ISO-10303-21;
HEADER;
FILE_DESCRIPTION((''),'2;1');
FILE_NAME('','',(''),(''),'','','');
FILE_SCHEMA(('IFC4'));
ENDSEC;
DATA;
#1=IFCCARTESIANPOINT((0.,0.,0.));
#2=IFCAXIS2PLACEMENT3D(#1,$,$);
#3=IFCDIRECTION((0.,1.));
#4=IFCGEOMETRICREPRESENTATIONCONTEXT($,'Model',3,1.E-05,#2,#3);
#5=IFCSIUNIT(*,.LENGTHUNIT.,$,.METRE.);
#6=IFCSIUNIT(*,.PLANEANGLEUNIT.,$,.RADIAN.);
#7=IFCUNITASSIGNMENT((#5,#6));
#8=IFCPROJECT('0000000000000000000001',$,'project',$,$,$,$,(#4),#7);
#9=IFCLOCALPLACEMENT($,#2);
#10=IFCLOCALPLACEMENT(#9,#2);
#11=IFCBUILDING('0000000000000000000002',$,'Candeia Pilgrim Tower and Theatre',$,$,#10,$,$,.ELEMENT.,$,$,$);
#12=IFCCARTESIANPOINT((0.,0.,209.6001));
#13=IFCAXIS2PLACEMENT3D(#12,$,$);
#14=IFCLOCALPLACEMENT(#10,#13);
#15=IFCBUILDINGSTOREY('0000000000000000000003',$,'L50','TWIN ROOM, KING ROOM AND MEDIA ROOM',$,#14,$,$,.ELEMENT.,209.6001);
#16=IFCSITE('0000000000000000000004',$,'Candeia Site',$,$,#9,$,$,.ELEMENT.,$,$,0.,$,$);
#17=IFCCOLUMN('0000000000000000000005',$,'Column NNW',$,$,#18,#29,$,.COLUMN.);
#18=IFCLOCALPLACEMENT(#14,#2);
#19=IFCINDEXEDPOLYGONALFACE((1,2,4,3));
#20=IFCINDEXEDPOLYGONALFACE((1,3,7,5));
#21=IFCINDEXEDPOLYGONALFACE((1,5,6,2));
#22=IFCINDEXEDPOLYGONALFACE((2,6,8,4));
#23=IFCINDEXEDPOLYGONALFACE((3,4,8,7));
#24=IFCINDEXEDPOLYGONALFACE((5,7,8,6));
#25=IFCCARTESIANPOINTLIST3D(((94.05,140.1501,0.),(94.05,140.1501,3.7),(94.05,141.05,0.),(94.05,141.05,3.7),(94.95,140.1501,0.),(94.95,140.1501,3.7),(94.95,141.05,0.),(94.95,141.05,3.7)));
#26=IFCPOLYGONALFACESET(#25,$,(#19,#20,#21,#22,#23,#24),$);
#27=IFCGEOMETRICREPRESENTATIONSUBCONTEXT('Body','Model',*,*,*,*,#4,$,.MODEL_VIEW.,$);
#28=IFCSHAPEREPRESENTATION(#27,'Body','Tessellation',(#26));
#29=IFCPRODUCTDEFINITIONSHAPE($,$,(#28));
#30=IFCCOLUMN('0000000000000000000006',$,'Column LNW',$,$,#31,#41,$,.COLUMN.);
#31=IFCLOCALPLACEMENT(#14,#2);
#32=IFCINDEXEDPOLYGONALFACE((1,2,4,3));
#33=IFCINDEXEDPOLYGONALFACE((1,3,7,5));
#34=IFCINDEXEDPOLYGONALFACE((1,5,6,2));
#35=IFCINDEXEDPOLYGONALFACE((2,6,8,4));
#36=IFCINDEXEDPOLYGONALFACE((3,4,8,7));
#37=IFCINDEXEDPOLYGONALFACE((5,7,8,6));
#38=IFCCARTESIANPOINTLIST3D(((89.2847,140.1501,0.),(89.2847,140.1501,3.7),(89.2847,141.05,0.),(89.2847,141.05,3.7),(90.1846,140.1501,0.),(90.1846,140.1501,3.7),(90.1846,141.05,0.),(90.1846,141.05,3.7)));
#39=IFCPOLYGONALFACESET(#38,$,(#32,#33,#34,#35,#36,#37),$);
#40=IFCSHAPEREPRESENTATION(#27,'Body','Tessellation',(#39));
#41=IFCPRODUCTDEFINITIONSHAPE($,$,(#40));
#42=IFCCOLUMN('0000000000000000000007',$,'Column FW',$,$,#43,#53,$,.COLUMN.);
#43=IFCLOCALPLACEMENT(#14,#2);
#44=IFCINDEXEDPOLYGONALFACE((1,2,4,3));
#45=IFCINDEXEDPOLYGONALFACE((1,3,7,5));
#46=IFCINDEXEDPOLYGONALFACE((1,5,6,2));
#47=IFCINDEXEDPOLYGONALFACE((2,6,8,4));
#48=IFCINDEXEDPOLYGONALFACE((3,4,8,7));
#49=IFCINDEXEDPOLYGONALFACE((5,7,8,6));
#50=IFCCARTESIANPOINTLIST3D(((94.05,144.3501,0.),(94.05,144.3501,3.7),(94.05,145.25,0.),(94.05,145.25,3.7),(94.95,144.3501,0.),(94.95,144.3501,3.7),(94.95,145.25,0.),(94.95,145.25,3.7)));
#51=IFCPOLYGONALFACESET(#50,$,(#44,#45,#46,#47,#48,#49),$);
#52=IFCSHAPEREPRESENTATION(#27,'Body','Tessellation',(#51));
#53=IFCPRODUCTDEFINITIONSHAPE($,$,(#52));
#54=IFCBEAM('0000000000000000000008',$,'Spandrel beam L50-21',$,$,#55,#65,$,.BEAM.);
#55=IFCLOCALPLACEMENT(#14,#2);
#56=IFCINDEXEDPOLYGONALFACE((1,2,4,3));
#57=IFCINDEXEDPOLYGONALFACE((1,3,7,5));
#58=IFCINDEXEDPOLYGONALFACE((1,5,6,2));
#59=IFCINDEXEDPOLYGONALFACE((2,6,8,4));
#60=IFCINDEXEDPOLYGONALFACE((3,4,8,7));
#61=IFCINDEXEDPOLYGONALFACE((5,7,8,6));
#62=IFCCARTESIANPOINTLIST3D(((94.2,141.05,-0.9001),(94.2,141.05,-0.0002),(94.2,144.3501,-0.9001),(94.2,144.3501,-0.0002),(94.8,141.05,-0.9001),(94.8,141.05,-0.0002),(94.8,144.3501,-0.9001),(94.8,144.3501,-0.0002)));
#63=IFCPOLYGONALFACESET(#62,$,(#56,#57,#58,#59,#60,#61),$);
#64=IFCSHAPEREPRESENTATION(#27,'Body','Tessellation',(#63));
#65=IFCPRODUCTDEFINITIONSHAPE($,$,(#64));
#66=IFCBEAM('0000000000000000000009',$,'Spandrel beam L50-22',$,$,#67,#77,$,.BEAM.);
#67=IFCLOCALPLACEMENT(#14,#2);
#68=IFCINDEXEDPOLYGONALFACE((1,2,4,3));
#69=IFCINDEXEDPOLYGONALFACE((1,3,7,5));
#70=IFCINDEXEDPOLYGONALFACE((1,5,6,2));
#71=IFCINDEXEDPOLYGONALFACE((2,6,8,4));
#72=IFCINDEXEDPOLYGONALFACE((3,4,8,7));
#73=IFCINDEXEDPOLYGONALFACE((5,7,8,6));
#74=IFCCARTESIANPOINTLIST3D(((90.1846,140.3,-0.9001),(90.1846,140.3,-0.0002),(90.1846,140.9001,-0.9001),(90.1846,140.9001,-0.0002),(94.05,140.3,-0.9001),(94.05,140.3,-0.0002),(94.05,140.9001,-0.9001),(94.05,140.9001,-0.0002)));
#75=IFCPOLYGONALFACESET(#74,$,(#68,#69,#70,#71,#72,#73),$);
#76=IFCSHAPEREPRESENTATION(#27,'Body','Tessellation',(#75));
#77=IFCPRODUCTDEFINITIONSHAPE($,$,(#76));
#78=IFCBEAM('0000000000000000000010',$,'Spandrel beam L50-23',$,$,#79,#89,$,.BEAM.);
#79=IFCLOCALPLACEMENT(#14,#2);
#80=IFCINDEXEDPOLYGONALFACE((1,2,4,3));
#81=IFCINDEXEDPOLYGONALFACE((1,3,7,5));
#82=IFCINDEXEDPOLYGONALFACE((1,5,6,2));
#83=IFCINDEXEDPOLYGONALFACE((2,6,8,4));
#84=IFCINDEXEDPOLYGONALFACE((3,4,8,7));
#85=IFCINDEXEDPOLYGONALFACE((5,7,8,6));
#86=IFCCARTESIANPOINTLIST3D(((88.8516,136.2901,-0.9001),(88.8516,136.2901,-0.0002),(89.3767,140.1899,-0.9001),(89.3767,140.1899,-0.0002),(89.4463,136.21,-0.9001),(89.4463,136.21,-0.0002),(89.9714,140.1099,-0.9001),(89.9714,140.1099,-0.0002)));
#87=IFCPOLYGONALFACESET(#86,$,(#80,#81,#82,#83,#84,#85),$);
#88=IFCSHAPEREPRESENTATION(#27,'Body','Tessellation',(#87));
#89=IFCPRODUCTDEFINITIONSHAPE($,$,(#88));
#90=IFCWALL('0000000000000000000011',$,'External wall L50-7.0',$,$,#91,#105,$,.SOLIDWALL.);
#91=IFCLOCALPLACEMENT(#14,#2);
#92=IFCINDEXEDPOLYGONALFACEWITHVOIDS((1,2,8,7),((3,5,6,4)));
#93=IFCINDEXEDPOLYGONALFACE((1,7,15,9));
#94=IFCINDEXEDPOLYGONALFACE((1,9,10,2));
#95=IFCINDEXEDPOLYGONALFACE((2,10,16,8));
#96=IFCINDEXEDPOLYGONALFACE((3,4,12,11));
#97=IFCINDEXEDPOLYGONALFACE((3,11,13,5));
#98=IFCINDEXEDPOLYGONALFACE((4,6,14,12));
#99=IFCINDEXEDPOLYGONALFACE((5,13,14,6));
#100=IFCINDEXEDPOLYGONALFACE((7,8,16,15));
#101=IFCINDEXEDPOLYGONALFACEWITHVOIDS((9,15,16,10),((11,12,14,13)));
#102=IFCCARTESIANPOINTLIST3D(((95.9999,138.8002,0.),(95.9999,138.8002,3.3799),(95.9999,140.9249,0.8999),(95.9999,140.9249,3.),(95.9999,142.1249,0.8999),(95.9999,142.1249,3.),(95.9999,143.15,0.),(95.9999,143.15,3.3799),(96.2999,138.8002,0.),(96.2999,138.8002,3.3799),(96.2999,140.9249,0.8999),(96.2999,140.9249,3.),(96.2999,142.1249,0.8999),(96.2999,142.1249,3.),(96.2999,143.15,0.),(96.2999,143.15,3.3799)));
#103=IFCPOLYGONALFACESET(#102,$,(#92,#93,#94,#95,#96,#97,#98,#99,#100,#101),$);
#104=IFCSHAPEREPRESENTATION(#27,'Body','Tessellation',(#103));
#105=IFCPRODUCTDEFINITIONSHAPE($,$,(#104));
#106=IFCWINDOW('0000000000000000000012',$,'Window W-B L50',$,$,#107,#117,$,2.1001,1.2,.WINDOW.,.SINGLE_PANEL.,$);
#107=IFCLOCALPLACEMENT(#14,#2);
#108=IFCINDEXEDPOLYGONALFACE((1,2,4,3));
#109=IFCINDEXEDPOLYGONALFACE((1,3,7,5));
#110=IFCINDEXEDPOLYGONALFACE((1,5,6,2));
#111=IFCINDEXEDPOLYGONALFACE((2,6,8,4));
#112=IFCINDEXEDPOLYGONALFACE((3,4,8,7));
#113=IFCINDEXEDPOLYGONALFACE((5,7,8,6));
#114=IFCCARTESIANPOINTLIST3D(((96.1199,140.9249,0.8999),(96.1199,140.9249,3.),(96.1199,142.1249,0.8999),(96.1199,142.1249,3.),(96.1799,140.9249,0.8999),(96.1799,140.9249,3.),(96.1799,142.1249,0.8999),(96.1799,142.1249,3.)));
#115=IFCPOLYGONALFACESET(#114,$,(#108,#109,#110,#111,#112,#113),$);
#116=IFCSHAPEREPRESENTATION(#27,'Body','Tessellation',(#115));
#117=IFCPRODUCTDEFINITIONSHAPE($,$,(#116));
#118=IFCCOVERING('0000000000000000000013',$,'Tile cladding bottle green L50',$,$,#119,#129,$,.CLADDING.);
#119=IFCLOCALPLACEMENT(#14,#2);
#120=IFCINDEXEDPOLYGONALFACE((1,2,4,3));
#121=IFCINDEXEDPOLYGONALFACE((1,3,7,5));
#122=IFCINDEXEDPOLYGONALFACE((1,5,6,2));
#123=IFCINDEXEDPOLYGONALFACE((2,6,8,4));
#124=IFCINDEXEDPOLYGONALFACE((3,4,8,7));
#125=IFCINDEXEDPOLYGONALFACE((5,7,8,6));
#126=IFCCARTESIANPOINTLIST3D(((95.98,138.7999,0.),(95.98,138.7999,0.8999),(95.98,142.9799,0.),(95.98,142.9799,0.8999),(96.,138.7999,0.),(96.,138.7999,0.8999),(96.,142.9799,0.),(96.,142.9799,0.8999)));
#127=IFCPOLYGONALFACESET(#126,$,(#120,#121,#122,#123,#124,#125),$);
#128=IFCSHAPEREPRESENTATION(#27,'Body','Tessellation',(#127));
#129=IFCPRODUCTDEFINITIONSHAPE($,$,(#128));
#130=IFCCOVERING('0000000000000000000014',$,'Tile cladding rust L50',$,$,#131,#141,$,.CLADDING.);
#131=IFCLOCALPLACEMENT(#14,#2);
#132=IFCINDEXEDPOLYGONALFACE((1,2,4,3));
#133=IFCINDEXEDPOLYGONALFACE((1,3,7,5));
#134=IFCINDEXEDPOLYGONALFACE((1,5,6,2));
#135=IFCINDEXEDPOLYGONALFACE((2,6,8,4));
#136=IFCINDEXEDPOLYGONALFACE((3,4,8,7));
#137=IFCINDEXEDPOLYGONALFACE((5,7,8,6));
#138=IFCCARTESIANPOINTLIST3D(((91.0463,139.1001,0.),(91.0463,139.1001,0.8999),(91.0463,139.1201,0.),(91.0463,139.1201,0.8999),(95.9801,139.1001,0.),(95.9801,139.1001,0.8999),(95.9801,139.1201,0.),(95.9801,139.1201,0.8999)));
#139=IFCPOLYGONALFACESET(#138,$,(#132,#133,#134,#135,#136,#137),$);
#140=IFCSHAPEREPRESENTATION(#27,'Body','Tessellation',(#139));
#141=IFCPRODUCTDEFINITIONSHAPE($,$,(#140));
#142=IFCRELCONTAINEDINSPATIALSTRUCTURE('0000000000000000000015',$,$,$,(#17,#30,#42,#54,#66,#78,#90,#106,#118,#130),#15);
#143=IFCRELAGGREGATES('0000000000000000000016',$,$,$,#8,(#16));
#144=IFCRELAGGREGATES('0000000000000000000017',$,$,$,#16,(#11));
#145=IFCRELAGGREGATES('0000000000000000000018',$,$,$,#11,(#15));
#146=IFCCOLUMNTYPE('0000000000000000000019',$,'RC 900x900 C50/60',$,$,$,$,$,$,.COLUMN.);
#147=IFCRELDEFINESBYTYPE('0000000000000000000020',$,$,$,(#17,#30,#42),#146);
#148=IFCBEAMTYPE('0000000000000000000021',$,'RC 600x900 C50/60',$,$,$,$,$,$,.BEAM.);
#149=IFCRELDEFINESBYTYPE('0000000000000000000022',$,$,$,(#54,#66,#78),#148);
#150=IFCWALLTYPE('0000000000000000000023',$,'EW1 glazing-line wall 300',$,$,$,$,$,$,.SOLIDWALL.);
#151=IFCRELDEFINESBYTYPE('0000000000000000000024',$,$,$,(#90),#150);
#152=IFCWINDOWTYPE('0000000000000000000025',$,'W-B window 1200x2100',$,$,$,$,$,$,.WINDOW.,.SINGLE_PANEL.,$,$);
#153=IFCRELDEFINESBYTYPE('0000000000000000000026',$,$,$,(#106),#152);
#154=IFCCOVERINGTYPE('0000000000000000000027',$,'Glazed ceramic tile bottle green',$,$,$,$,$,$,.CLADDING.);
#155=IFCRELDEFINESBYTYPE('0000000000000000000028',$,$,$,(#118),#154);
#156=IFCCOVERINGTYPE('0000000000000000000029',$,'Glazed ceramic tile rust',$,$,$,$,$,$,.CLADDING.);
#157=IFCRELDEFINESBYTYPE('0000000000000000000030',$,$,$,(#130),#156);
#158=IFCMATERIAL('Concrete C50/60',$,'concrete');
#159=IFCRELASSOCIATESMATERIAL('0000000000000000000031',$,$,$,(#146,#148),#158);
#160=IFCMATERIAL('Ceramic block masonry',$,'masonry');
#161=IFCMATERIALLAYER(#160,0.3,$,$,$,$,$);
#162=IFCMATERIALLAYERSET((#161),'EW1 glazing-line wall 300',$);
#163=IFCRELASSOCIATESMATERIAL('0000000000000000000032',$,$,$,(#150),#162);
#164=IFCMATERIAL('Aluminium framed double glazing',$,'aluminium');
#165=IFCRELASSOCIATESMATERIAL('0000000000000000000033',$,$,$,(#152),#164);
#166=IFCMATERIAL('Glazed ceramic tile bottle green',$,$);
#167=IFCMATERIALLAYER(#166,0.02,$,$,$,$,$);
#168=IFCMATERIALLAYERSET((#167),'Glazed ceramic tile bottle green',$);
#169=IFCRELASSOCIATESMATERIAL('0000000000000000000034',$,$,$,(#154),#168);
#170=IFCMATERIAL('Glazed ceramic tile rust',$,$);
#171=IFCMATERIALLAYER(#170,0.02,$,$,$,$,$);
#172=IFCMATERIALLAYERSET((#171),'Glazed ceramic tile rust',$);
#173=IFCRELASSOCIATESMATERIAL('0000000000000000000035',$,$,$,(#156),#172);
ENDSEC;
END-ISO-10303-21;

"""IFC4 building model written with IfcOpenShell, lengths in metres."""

from ifc_helpers import new_model, si_unit, direction, frame, frame_2d, origin, origin_2d, place, context, subcontext, project, spatial, rectangle, extrude, material, layer, layer_set, material_profile, profile_set, type_object, element, fill, save


model = new_model("IFC4")

# Units and contexts
model_context = context("Model", 3, precision=1e-05, world=origin(), true_north=direction((0.0, 1.0)))
body_context = subcontext(model_context, "Body", "Model", "MODEL_VIEW")
ifc_project = project(units=[si_unit("LENGTHUNIT", "METRE"), si_unit("PLANEANGLEUNIT", "RADIAN")], contexts=[model_context])

# Site, building, storey
site_placement = place(None, origin())
site = spatial("IfcSite", under=ifc_project, at=site_placement, Name="Candeia Site", CompositionType="ELEMENT", RefElevation=0.0)
building_placement = place(site_placement, origin())
building = spatial("IfcBuilding", under=site, at=building_placement, Name="Candeia Pilgrim Tower and Theatre", CompositionType="ELEMENT")
storey_placement = place(building_placement, frame((0.0, 0.0, 209.6001)))
storey = spatial("IfcBuildingStorey", under=building, at=storey_placement, Name="L50", Description="TWIN ROOM, KING ROOM AND MEDIA ROOM", CompositionType="ELEMENT", Elevation=209.6001)

# Columns
ifc_material_1 = material(Name="Concrete C50/60", Category="concrete")
ifc_material_profile_1 = material_profile(ifc_material_1, rectangle(XDim=0.8999, YDim=0.8999, at=origin_2d()))
ifc_profile_set_1 = profile_set([ifc_material_profile_1], Name="Concrete C50/60")
column_type = type_object("IfcColumnType", Name="RC 900x900 C50/60", PredefinedType="COLUMN", material=ifc_profile_set_1)
for number, where, z_axis, x_axis, name in (
    (1, (94.5, 140.6001, 0.0), (0.0, 0.0, 1.0), (1.0, 0.0, 0.0), "Column NNW"),
    (2, (89.7346, 140.6001, 0.0), (0.0, 0.0, 1.0), (1.0, 0.0, 0.0), "Column LNW"),
    (3, (94.5, 144.8, 0.0), (0.0, 0.0, 1.0), (1.0, 0.0, 0.0), "Column FW"),
):
    element("IfcColumn", number, at=place(storey_placement, frame(where, z_axis=z_axis, x_axis=x_axis)), inside=storey, type_object=column_type, Name=name, PredefinedType="COLUMN", context=body_context, shape_type="SweptSolid", body=[
        extrude(rectangle(XDim=0.8999, YDim=0.8999, at=origin_2d()), origin(), (0.0, 0.0, 1.0), 3.7),
    ])

# Beams
ifc_material_profile_2 = material_profile(ifc_material_1, rectangle(XDim=0.6001, YDim=0.8999, at=origin_2d()))
ifc_profile_set_2 = profile_set([ifc_material_profile_2], Name="Concrete C50/60")
beam_type = type_object("IfcBeamType", Name="RC 600x900 C50/60", PredefinedType="BEAM", material=ifc_profile_set_2)
beam_1_placement = place(storey_placement, frame((94.5, 144.3501, -0.4502), z_axis=(0.0, -1.0, 0.0), x_axis=(1.0, 0.0, 0.0)))
element("IfcBeam", 4, at=beam_1_placement, inside=storey, type_object=beam_type, Name="Spandrel beam L50-21", PredefinedType="BEAM", context=body_context, shape_type="SweptSolid", body=[
    extrude(rectangle(XDim=0.6001, YDim=0.8999, at=origin_2d()), origin(), (0.0, 0.0, 1.0), 3.3),
])
beam_2_placement = place(storey_placement, frame((94.05, 140.6001, -0.4502), z_axis=(-1.0, 0.0, 0.0), x_axis=(0.0, -1.0, 0.0)))
element("IfcBeam", 5, at=beam_2_placement, inside=storey, type_object=beam_type, Name="Spandrel beam L50-22", PredefinedType="BEAM", context=body_context, shape_type="SweptSolid", body=[
    extrude(rectangle(XDim=0.6001, YDim=0.8999, at=origin_2d()), origin(), (0.0, 0.0, 1.0), 3.8655),
])
beam_3_placement = place(storey_placement, frame((89.6741, 140.1499, -0.4502), z_axis=(-0.133452, -0.991055, 0.0), x_axis=(0.991055, -0.133452, 0.0)))
element("IfcBeam", 6, at=beam_3_placement, inside=storey, type_object=beam_type, Name="Spandrel beam L50-23", PredefinedType="BEAM", context=body_context, shape_type="SweptSolid", body=[
    extrude(rectangle(XDim=0.6001, YDim=0.8999, at=origin_2d()), origin(), (0.0, 0.0, 1.0), 3.9351),
])

# Wall, opening, window
ifc_material_2 = material(Name="Ceramic block masonry", Category="masonry")
ifc_layer_1 = layer(ifc_material_2, 0.3)
ifc_layer_set_1 = layer_set([ifc_layer_1], Name="EW1 glazing-line wall 300")
wall_type = type_object("IfcWallType", Name="EW1 glazing-line wall 300", PredefinedType="SOLIDWALL", material=ifc_layer_set_1)
wall_placement = place(storey_placement, frame((96.1499, 143.1499, 0.0), z_axis=(0.0, 0.0, 1.0), x_axis=(0.0, -1.0, 0.0)))
wall = element("IfcWall", 7, at=wall_placement, inside=storey, type_object=wall_type, Name="External wall L50-7.0", PredefinedType="SOLIDWALL", context=body_context, shape_type="SweptSolid", body=[
    extrude(rectangle(XDim=4.3499, YDim=0.3, at=frame_2d((2.1748, 0.0))), origin(), (0.0, 0.0, 1.0), 3.3799),
])
opening_placement = place(wall_placement, frame((1.0249, 0.0, 0.8999)))
opening = element("IfcOpeningElement", 8, at=opening_placement, cuts=wall, PredefinedType="OPENING", context=body_context, shape_type="SweptSolid", body=[
    extrude(rectangle(XDim=1.2, YDim=2.1001, at=frame_2d((0.6001, 1.05))), frame((0.0, 0.1602, 0.0), z_axis=(0.0, -1.0, 0.0), x_axis=(1.0, 0.0, 0.0)), (0.0, 0.0, 1.0), 0.3201),
])
ifc_material_3 = material(Name="Aluminium framed double glazing", Category="aluminium")
window_type = type_object("IfcWindowType", Name="W-B window 1200x2100", PartitioningType="SINGLE_PANEL", PredefinedType="WINDOW", material=ifc_material_3)
window_placement = place(opening_placement, origin())
window = element("IfcWindow", 9, at=window_placement, inside=storey, type_object=window_type, Name="Window W-B L50", OverallHeight=2.1001, OverallWidth=1.2, PartitioningType="SINGLE_PANEL", PredefinedType="WINDOW", context=body_context, shape_type="SweptSolid", body=[
    extrude(rectangle(XDim=1.2, YDim=2.1001, at=frame_2d((0.6001, 1.05))), frame((0.0, 0.03, 0.0), z_axis=(0.0, -1.0, 0.0), x_axis=(1.0, 0.0, 0.0)), (0.0, 0.0, 1.0), 0.0601),
])
fill(opening, window)

# Coverings
ifc_material_4 = material(Name="Glazed ceramic tile bottle green")
ifc_layer_2 = layer(ifc_material_4, 0.02)
ifc_layer_set_2 = layer_set([ifc_layer_2], Name="Glazed ceramic tile bottle green")
covering_type_1 = type_object("IfcCoveringType", Name="Glazed ceramic tile bottle green", PredefinedType="CLADDING", material=ifc_layer_set_2)
covering_1_placement = place(storey_placement, frame((95.99, 140.8899, 0.0), z_axis=(0.0, 0.0, 1.0), x_axis=(0.0, -1.0, 0.0)))
element("IfcCovering", 10, at=covering_1_placement, inside=storey, type_object=covering_type_1, Name="Tile cladding bottle green L50", PredefinedType="CLADDING", context=body_context, shape_type="SweptSolid", body=[
    extrude(rectangle(XDim=4.1799, YDim=0.02, at=origin_2d()), origin(), (0.0, 0.0, 1.0), 0.8999),
])
ifc_material_5 = material(Name="Glazed ceramic tile rust")
ifc_layer_3 = layer(ifc_material_5, 0.02)
ifc_layer_set_3 = layer_set([ifc_layer_3], Name="Glazed ceramic tile rust")
covering_type_2 = type_object("IfcCoveringType", Name="Glazed ceramic tile rust", PredefinedType="CLADDING", material=ifc_layer_set_3)
covering_2_placement = place(storey_placement, frame((93.5132, 139.1101, 0.0), z_axis=(0.0, 0.0, 1.0), x_axis=(-1.0, 0.0, 0.0)))
element("IfcCovering", 11, at=covering_2_placement, inside=storey, type_object=covering_type_2, Name="Tile cladding rust L50", PredefinedType="CLADDING", context=body_context, shape_type="SweptSolid", body=[
    extrude(rectangle(XDim=4.9338, YDim=0.02, at=origin_2d()), origin(), (0.0, 0.0, 1.0), 0.8999),
])

save(model, "model.ifc")
